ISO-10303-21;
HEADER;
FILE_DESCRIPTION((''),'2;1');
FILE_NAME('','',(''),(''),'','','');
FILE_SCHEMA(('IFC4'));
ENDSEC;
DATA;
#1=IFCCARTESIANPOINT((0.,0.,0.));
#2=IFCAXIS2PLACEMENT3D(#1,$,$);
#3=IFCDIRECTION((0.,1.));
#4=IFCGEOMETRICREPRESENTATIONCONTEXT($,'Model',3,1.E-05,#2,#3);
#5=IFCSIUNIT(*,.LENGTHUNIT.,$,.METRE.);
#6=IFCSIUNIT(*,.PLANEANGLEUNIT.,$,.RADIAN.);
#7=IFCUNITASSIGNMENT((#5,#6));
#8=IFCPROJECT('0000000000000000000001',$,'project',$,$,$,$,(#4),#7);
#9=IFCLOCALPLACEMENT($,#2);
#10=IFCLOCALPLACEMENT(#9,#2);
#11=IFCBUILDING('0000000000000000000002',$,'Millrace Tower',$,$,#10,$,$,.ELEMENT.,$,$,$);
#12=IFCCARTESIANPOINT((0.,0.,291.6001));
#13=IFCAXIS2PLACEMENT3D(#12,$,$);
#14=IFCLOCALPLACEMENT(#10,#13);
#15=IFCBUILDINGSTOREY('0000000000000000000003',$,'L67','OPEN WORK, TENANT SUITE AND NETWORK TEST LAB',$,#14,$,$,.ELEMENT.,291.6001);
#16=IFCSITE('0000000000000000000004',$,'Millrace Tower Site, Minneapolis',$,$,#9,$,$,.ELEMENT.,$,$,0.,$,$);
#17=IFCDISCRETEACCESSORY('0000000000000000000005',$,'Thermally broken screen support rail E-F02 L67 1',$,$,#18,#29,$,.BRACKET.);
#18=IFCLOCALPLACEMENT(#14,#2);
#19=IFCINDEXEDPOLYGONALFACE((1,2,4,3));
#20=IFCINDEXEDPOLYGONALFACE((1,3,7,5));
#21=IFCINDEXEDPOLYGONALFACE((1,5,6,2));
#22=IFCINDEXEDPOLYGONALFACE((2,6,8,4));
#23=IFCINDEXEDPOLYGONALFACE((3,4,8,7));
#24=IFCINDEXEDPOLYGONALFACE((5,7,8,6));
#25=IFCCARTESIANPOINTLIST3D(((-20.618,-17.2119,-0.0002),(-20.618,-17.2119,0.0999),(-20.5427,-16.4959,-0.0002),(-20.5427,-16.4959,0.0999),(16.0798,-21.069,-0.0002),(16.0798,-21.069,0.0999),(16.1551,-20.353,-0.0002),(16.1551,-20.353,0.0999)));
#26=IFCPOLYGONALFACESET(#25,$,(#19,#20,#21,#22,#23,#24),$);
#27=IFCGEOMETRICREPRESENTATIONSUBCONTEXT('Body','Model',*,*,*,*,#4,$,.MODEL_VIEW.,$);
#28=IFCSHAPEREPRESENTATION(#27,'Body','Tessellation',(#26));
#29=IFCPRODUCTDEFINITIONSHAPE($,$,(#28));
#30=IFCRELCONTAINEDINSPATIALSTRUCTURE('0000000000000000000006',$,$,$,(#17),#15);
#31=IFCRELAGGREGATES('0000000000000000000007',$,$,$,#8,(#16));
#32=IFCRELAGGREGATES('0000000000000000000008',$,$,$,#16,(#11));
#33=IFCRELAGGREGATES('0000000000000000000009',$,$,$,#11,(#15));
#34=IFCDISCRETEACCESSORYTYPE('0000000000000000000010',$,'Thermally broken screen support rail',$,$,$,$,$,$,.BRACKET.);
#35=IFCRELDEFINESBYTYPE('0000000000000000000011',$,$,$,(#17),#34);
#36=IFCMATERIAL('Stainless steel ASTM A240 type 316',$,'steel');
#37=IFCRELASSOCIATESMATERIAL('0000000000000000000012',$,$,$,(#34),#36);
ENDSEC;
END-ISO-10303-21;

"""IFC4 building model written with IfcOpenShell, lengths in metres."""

from ifc_helpers import new_model, si_unit, direction, frame, origin, origin_2d, place, context, subcontext, project, spatial, rectangle, extrude, material, type_object, element, save


model = new_model("IFC4")

# Units and contexts
model_context = context("Model", 3, precision=1e-05, world=origin(), true_north=direction((0.0, 1.0)))
body_context = subcontext(model_context, "Body", "Model", "MODEL_VIEW")
ifc_project = project(units=[si_unit("LENGTHUNIT", "METRE"), si_unit("PLANEANGLEUNIT", "RADIAN")], contexts=[model_context])

# Site, building, storey
site_placement = place(None, origin())
site = spatial("IfcSite", under=ifc_project, at=site_placement, Name="Millrace Tower Site, Minneapolis", CompositionType="ELEMENT", RefElevation=0.0)
building_placement = place(site_placement, origin())
building = spatial("IfcBuilding", under=site, at=building_placement, Name="Millrace Tower", CompositionType="ELEMENT")
storey_placement = place(building_placement, frame((0.0, 0.0, 291.6001)))
storey = spatial("IfcBuildingStorey", under=building, at=storey_placement, Name="L67", Description="OPEN WORK, TENANT SUITE AND NETWORK TEST LAB", CompositionType="ELEMENT", Elevation=291.6001)

# Discrete accessory
ifc_material_1 = material(Name="Stainless steel ASTM A240 type 316", Category="steel")
discrete_accessory_type = type_object("IfcDiscreteAccessoryType", Name="Thermally broken screen support rail", PredefinedType="BRACKET", material=ifc_material_1)
discrete_accessory_placement = place(storey_placement, frame((-2.2314, -18.7825, -0.0002), z_axis=(0.0, 0.0, 1.0), x_axis=(0.994522, -0.104528, 0.0)))
element("IfcDiscreteAccessory", 1, at=discrete_accessory_placement, inside=storey, type_object=discrete_accessory_type, Name="Thermally broken screen support rail E-F02 L67 1", PredefinedType="BRACKET", context=body_context, shape_type="SweptSolid", body=[
    extrude(rectangle(XDim=36.8999, YDim=0.72, at=origin_2d()), origin(), (0.0, 0.0, 1.0), 0.1001),
])

save(model, "model.ifc")
